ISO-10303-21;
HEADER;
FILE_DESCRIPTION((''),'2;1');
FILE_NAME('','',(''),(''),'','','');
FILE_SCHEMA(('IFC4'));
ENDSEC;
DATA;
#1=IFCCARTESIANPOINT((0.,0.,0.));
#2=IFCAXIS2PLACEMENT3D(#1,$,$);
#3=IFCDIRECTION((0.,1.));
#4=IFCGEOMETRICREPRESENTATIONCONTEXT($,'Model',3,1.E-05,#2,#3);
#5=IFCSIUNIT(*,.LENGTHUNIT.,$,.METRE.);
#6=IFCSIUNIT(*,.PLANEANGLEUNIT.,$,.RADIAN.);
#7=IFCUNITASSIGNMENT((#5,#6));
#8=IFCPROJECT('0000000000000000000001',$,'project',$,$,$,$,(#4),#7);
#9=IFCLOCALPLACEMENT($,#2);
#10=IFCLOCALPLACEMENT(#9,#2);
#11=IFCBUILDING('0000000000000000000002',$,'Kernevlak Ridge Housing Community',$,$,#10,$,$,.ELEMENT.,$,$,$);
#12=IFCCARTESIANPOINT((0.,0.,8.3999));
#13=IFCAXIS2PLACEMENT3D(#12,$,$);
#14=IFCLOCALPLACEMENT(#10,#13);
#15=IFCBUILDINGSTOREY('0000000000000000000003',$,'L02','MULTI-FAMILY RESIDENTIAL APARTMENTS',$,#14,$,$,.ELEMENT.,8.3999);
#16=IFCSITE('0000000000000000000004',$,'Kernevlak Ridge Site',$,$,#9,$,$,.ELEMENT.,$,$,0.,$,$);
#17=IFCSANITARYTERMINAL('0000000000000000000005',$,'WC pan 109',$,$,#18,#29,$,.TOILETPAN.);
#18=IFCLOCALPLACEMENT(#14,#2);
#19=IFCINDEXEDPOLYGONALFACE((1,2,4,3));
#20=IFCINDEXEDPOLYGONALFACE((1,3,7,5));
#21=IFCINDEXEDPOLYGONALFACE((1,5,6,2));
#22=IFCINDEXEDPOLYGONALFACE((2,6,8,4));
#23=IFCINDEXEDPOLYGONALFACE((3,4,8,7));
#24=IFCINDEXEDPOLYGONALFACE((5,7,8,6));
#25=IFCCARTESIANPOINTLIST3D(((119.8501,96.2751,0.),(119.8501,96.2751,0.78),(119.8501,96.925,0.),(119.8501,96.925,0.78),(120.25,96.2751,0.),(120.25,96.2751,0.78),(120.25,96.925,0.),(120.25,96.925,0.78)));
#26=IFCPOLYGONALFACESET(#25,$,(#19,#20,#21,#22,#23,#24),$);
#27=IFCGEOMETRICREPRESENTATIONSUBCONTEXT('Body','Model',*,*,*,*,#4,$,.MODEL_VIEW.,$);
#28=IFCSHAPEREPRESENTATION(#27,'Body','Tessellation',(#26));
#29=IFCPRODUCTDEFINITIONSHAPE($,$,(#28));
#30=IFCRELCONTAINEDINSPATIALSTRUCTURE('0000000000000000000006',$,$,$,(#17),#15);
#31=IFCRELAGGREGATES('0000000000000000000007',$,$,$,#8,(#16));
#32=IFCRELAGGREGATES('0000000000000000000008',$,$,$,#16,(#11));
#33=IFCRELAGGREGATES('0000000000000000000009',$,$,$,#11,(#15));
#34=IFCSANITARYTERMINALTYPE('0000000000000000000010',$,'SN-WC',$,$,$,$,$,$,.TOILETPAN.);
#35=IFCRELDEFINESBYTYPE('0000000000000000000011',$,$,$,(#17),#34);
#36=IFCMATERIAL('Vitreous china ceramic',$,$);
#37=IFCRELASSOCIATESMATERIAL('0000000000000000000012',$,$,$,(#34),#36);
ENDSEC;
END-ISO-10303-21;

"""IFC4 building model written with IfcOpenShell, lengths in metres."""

from ifc_helpers import new_model, si_unit, direction, frame, origin, origin_2d, place, context, subcontext, project, spatial, rectangle, extrude, material, type_object, element, save


model = new_model("IFC4")

# Units and contexts
model_context = context("Model", 3, precision=1e-05, world=origin(), true_north=direction((0.0, 1.0)))
body_context = subcontext(model_context, "Body", "Model", "MODEL_VIEW")
ifc_project = project(units=[si_unit("LENGTHUNIT", "METRE"), si_unit("PLANEANGLEUNIT", "RADIAN")], contexts=[model_context])

# Site, building, storey
site_placement = place(None, origin())
site = spatial("IfcSite", under=ifc_project, at=site_placement, Name="Kernevlak Ridge Site", CompositionType="ELEMENT", RefElevation=0.0)
building_placement = place(site_placement, origin())
building = spatial("IfcBuilding", under=site, at=building_placement, Name="Kernevlak Ridge Housing Community", CompositionType="ELEMENT")
storey_placement = place(building_placement, frame((0.0, 0.0, 8.3999)))
storey = spatial("IfcBuildingStorey", under=building, at=storey_placement, Name="L02", Description="MULTI-FAMILY RESIDENTIAL APARTMENTS", CompositionType="ELEMENT", Elevation=8.3999)

# Sanitary terminal
ifc_material_1 = material(Name="Vitreous china ceramic")
sanitary_terminal_type_1 = type_object("IfcSanitaryTerminalType", Name="SN-WC", PredefinedType="TOILETPAN", material=ifc_material_1)
for number, where, z_axis, x_axis, name in (
    (1, (120.05, 96.6001, 0.0), (0.0, 0.0, 1.0), (1.0, 0.0, 0.0), "WC pan 109"),
):
    element("IfcSanitaryTerminal", number, at=place(storey_placement, frame(where, z_axis=z_axis, x_axis=x_axis)), inside=storey, type_object=sanitary_terminal_type_1, Name=name, PredefinedType="TOILETPAN", context=body_context, shape_type="SweptSolid", body=[
        extrude(rectangle(XDim=0.3999, YDim=0.6499, at=origin_2d()), origin(), (0.0, 0.0, 1.0), 0.78),
    ])

save(model, "model.ifc")
